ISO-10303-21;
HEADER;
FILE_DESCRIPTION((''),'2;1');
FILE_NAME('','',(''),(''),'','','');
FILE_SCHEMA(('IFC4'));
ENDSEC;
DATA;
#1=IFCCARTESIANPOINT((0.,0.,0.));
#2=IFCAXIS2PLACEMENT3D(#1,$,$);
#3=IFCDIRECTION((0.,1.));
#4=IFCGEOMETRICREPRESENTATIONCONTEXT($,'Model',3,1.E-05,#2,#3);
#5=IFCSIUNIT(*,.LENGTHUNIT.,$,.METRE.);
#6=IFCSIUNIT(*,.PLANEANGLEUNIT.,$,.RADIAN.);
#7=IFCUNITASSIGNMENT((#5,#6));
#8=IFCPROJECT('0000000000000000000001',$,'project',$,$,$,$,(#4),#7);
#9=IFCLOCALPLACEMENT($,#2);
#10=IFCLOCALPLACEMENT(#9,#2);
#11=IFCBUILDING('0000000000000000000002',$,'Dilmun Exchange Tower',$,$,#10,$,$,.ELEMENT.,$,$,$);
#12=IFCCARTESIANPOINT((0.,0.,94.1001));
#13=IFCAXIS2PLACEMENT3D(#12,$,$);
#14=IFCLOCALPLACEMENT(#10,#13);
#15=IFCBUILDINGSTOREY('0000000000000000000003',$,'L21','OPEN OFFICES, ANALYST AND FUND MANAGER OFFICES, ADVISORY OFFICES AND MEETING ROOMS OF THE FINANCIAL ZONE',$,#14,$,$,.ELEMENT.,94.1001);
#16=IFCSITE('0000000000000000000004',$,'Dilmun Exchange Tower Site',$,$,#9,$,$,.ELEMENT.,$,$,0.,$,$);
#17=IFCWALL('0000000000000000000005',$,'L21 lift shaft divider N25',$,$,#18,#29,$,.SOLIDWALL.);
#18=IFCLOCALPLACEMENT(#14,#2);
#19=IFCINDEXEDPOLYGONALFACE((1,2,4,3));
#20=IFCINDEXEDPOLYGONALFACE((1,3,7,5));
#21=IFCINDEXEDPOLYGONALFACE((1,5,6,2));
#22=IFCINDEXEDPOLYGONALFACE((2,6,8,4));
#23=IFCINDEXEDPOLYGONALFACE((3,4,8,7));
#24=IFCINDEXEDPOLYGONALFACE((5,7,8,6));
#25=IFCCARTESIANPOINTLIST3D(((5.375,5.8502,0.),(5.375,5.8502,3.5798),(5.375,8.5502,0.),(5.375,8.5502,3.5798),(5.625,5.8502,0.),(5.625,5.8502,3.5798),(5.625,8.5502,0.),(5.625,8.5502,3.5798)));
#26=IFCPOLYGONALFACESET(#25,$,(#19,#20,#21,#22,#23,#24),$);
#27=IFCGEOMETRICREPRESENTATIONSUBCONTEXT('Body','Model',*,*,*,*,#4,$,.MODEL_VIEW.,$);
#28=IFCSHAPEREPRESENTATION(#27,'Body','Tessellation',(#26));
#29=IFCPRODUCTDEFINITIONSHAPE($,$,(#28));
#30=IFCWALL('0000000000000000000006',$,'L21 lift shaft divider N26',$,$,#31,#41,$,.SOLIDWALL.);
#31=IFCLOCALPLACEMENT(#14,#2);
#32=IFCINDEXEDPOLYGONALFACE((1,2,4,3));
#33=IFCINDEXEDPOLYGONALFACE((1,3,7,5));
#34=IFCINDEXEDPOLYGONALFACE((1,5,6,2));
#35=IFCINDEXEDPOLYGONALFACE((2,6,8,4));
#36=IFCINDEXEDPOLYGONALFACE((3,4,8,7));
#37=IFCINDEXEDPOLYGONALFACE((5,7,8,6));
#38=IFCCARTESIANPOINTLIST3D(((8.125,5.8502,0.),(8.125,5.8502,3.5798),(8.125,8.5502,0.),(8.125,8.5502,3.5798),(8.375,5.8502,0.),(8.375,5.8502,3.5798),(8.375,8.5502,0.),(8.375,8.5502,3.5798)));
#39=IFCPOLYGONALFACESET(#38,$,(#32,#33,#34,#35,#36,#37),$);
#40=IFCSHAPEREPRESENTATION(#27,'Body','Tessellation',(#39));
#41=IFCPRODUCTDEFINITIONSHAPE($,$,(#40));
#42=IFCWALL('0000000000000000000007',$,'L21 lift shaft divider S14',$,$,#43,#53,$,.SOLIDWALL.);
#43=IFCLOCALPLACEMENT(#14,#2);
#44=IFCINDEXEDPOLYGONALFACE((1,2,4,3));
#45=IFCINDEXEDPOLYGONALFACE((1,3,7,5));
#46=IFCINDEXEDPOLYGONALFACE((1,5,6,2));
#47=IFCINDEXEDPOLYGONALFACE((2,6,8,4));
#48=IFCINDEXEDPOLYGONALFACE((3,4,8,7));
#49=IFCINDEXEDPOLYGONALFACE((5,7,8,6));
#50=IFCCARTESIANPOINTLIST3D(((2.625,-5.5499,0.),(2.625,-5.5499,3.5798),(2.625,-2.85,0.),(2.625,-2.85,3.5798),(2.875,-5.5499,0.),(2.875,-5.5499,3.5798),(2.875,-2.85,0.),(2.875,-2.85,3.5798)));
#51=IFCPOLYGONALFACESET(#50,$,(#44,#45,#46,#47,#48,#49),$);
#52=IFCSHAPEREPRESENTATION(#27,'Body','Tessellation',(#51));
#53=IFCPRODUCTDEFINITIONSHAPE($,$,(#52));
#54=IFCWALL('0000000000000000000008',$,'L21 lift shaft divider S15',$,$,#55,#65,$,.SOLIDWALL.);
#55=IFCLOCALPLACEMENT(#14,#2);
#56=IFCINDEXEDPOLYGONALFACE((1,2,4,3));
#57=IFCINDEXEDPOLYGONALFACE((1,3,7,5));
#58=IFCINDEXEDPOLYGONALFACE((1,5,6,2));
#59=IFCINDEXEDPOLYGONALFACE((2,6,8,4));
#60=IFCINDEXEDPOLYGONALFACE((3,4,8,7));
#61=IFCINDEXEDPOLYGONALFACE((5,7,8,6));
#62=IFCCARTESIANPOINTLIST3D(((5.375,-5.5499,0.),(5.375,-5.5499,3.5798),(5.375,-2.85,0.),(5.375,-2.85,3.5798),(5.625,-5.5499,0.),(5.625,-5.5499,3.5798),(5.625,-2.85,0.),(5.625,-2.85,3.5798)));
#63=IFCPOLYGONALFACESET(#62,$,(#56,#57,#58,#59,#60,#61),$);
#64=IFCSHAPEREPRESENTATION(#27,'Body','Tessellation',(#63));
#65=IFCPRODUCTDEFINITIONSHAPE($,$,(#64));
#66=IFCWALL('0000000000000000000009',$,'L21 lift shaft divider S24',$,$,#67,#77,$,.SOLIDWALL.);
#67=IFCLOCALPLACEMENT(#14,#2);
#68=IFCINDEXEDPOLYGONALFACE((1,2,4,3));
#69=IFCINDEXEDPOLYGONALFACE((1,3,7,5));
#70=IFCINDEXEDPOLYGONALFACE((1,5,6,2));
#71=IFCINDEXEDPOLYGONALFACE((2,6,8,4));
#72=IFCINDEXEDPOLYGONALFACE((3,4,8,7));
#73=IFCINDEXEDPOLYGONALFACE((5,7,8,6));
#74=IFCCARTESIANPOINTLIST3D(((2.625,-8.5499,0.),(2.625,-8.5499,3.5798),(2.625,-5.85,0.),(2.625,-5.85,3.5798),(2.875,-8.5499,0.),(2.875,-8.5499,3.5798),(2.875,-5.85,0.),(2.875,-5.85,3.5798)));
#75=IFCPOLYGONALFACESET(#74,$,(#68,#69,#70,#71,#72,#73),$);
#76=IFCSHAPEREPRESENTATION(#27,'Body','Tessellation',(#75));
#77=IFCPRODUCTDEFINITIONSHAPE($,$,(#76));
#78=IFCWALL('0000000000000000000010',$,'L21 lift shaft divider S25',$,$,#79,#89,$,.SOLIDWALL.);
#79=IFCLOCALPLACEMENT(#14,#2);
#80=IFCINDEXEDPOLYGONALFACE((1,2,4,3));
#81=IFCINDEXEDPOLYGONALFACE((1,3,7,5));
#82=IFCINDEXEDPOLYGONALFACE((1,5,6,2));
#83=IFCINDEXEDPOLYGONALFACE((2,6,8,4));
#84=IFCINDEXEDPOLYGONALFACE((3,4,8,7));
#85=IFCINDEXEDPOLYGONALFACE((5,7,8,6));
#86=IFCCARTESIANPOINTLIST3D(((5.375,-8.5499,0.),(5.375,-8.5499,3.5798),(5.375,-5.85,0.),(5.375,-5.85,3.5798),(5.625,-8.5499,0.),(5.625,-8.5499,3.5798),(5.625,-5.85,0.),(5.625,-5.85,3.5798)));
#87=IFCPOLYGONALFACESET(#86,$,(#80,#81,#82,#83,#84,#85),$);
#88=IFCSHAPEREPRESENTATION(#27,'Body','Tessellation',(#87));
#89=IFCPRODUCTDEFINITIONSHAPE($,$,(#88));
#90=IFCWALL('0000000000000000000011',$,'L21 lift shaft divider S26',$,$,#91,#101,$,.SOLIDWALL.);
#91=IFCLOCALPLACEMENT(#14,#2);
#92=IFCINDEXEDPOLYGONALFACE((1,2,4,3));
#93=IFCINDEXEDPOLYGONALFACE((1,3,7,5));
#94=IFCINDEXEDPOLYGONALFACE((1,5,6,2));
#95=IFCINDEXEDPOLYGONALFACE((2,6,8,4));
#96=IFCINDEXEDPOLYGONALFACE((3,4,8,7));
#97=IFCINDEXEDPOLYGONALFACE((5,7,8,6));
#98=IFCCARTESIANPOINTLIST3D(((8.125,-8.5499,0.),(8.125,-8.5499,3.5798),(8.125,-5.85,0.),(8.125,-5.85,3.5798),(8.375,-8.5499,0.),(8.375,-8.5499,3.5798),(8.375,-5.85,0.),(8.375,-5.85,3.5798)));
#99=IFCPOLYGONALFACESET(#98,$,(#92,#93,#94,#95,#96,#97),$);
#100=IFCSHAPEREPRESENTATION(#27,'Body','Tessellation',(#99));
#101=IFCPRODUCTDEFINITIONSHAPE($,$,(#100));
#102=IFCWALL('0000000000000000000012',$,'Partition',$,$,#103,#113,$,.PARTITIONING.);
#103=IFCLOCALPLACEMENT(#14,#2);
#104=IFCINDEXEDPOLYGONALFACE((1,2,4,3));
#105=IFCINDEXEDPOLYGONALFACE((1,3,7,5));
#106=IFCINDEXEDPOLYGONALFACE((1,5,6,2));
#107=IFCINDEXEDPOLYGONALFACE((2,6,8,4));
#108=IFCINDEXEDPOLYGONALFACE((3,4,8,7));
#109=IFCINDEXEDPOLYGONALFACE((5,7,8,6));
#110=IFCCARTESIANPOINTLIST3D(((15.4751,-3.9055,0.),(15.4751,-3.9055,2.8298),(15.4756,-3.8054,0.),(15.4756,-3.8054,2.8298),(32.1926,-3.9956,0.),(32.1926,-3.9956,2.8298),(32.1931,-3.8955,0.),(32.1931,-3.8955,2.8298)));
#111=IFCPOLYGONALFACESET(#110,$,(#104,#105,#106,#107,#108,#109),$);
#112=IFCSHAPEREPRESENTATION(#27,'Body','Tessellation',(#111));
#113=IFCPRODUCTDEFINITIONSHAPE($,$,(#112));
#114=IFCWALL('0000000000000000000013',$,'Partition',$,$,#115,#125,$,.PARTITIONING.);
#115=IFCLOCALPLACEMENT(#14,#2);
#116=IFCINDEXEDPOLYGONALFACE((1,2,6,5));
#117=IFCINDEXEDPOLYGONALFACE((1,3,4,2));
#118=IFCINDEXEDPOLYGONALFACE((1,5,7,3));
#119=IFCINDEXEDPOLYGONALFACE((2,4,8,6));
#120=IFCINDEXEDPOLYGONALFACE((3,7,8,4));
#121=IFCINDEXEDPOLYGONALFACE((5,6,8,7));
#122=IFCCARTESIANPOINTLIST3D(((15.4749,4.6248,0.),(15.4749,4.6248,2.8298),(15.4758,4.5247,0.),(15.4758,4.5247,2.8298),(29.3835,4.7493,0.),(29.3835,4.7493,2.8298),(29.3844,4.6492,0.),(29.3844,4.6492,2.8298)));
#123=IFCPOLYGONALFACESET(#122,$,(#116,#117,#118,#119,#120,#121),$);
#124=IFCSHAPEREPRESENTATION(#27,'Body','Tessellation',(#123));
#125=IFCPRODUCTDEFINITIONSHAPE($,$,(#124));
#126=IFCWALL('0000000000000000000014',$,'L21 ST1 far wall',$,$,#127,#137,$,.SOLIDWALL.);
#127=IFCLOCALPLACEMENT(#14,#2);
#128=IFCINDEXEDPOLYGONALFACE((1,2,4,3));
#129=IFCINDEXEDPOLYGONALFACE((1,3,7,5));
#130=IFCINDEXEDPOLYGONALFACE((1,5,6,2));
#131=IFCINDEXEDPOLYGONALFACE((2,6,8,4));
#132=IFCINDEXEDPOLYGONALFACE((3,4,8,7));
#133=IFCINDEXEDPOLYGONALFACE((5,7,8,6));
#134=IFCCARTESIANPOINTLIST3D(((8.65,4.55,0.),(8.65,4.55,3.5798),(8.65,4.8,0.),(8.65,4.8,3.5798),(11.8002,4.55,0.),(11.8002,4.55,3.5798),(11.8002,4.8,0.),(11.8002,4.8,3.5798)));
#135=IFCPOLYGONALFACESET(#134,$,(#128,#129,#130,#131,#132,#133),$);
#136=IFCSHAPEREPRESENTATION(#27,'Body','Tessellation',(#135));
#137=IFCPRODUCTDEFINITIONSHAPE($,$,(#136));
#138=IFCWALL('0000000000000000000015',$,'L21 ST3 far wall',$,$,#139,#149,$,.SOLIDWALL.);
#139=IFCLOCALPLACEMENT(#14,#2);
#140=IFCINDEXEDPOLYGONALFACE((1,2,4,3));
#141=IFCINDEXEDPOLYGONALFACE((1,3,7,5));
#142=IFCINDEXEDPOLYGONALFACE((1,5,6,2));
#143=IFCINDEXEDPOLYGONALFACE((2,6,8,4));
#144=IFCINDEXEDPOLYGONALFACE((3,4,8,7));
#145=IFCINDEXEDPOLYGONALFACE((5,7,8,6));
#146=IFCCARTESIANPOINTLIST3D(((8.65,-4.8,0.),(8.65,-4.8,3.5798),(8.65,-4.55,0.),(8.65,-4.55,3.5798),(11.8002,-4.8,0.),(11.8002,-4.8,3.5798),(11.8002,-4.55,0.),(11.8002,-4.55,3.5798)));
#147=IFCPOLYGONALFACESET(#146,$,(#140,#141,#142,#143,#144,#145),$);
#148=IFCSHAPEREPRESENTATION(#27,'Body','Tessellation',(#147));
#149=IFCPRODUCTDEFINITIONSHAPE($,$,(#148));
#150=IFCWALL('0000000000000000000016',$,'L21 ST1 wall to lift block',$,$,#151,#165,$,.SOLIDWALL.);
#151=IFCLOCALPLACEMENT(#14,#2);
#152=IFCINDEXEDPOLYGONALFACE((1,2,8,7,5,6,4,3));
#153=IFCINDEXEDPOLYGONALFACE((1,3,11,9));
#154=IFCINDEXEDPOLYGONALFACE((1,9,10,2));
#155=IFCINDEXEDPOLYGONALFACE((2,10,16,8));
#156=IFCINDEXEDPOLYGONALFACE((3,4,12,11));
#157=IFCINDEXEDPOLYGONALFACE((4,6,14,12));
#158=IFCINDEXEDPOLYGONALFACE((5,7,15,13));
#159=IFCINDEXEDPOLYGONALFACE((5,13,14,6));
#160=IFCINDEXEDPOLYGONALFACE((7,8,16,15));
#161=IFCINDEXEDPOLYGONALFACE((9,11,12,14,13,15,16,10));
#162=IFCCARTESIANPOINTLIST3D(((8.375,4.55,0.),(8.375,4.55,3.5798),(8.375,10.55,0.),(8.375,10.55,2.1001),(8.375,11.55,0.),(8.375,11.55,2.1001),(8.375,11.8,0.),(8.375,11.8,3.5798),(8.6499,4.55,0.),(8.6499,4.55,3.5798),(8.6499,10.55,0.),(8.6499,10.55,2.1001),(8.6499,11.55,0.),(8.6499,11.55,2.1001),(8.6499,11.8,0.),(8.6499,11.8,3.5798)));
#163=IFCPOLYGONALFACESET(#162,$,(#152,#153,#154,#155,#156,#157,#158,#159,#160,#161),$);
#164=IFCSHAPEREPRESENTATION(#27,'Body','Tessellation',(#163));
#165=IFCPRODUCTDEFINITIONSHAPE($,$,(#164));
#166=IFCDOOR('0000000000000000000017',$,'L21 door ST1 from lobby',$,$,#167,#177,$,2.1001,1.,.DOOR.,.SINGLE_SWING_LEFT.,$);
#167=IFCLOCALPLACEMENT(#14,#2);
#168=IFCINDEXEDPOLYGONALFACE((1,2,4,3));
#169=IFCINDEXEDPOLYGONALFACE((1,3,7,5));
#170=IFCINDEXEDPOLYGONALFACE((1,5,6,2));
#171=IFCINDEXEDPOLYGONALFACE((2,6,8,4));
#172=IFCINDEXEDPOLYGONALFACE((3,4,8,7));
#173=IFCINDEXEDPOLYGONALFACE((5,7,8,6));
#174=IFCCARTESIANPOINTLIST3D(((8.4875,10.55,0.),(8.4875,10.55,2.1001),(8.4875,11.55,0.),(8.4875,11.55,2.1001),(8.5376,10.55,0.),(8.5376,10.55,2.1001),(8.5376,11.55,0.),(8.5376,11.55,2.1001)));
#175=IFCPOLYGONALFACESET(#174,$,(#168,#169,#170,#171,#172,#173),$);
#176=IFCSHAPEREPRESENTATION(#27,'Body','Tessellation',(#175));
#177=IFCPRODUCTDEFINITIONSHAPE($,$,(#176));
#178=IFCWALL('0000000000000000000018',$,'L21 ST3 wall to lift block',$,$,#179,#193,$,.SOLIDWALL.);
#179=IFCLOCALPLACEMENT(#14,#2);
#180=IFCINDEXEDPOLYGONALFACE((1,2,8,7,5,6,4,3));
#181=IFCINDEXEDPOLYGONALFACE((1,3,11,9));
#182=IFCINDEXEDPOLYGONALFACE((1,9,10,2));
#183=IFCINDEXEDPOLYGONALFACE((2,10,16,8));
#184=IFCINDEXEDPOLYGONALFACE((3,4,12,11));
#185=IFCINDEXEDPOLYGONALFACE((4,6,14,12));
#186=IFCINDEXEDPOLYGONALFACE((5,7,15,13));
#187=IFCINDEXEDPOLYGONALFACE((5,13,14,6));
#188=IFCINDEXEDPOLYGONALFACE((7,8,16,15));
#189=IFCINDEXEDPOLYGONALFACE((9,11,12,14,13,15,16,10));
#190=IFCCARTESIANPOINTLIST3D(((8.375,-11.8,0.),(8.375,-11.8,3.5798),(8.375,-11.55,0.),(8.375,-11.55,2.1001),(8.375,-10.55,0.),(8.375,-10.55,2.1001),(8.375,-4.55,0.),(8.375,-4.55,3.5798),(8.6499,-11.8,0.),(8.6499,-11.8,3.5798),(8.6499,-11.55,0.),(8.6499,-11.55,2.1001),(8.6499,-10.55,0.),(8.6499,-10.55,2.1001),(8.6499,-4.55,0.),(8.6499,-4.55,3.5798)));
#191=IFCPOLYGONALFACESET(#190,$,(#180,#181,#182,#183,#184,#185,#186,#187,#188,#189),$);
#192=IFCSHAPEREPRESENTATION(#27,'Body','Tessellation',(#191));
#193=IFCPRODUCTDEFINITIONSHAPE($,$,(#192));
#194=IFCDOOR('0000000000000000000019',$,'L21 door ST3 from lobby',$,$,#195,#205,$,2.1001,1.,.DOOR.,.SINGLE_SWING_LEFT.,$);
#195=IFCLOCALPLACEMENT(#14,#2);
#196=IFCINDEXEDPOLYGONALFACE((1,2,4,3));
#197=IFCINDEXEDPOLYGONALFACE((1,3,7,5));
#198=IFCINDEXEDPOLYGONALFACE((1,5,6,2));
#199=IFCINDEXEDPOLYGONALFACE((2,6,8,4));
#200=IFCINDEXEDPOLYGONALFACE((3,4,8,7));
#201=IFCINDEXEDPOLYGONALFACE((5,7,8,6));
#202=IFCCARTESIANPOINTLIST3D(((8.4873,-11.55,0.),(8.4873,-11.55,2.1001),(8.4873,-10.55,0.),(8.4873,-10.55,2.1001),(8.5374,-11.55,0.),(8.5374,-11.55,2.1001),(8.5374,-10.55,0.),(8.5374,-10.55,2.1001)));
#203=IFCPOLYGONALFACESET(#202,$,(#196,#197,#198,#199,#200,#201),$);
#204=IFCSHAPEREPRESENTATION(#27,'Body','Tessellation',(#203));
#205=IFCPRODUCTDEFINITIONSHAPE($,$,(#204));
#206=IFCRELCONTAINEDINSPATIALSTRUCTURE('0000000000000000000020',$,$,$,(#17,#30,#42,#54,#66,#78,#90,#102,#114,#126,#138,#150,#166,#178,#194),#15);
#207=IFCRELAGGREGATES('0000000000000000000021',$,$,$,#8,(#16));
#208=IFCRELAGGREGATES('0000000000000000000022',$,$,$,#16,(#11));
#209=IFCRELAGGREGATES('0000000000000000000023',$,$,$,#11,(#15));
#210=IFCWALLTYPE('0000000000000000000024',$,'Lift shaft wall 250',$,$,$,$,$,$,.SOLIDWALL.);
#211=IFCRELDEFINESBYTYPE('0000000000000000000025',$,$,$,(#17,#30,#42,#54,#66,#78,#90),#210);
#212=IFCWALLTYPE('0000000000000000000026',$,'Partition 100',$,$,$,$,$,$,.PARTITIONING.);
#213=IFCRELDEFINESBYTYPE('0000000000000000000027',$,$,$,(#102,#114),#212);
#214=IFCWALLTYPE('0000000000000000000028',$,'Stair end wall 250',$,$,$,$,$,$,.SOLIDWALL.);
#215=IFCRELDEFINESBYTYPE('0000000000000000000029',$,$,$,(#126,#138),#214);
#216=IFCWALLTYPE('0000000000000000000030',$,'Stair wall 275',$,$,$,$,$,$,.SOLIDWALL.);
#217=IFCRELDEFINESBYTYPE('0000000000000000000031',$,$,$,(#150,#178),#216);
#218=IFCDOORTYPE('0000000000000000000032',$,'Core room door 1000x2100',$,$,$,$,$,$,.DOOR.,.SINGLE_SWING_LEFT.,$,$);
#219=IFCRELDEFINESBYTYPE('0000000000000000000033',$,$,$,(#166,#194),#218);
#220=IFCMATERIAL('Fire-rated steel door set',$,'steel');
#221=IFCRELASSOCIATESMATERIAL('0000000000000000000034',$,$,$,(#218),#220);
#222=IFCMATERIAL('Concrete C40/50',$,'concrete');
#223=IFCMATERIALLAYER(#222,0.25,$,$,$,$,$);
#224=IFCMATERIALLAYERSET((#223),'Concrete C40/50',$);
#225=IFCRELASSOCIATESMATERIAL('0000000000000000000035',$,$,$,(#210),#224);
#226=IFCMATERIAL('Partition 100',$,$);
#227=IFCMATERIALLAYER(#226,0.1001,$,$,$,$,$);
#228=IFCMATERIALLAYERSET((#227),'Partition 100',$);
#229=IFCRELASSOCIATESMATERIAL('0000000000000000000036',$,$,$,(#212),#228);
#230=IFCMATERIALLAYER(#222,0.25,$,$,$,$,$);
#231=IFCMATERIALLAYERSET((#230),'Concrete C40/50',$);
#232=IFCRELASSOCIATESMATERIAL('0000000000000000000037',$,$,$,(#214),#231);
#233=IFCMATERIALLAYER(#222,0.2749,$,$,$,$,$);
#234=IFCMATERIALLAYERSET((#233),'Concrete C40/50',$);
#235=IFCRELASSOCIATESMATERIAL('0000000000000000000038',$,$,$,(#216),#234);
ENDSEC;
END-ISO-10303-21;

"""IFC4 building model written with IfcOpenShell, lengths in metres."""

from ifc_helpers import new_model, si_unit, direction, frame, frame_2d, origin, place, context, subcontext, project, spatial, rectangle, extrude, material, layer, layer_set, type_object, element, fill, save


model = new_model("IFC4")

# Units and contexts
model_context = context("Model", 3, precision=1e-05, world=origin(), true_north=direction((0.0, 1.0)))
body_context = subcontext(model_context, "Body", "Model", "MODEL_VIEW")
ifc_project = project(units=[si_unit("LENGTHUNIT", "METRE"), si_unit("PLANEANGLEUNIT", "RADIAN")], contexts=[model_context])

# Site, building, storey
site_placement = place(None, origin())
site = spatial("IfcSite", under=ifc_project, at=site_placement, Name="Dilmun Exchange Tower Site", CompositionType="ELEMENT", RefElevation=0.0)
building_placement = place(site_placement, origin())
building = spatial("IfcBuilding", under=site, at=building_placement, Name="Dilmun Exchange Tower", CompositionType="ELEMENT")
storey_placement = place(building_placement, frame((0.0, 0.0, 94.1001)))
storey = spatial("IfcBuildingStorey", under=building, at=storey_placement, Name="L21", Description="OPEN OFFICES, ANALYST AND FUND MANAGER OFFICES, ADVISORY OFFICES AND MEETING ROOMS OF THE FINANCIAL ZONE", CompositionType="ELEMENT", Elevation=94.1001)

# Shared definitions
ifc_material_1 = material(Name="Concrete C40/50", Category="concrete")

# Shared definitions
ifc_material_2 = material(Name="Fire-rated steel door set", Category="steel")

# Shared definitions
door_type_1 = type_object("IfcDoorType", Name="Core room door 1000x2100", OperationType="SINGLE_SWING_LEFT", PredefinedType="DOOR", material=ifc_material_2)

# Walls
ifc_layer_1 = layer(ifc_material_1, 0.25)
ifc_layer_set_1 = layer_set([ifc_layer_1], Name="Concrete C40/50")
wall_type_1 = type_object("IfcWallType", Name="Lift shaft wall 250", PredefinedType="SOLIDWALL", material=ifc_layer_set_1)
for number, where, z_axis, x_axis, name in (
    (1, (5.5, 5.8501, 0.0), (0.0, 0.0, 1.0), (0.0, 1.0, 0.0), "L21 lift shaft divider N25"),
    (2, (8.25, 5.8501, 0.0), (0.0, 0.0, 1.0), (0.0, 1.0, 0.0), "L21 lift shaft divider N26"),
    (3, (2.75, -5.55, 0.0), (0.0, 0.0, 1.0), (0.0, 1.0, 0.0), "L21 lift shaft divider S14"),
    (4, (5.5, -5.55, 0.0), (0.0, 0.0, 1.0), (0.0, 1.0, 0.0), "L21 lift shaft divider S15"),
    (5, (2.75, -8.55, 0.0), (0.0, 0.0, 1.0), (0.0, 1.0, 0.0), "L21 lift shaft divider S24"),
    (6, (5.5, -8.55, 0.0), (0.0, 0.0, 1.0), (0.0, 1.0, 0.0), "L21 lift shaft divider S25"),
    (7, (8.25, -8.55, 0.0), (0.0, 0.0, 1.0), (0.0, 1.0, 0.0), "L21 lift shaft divider S26"),
):
    element("IfcWall", number, at=place(storey_placement, frame(where, z_axis=z_axis, x_axis=x_axis)), inside=storey, type_object=wall_type_1, Name=name, PredefinedType="SOLIDWALL", context=body_context, shape_type="SweptSolid", body=[
        extrude(rectangle(XDim=2.7, YDim=0.25, at=frame_2d((1.3501, 0.0))), origin(), (0.0, 0.0, 1.0), 3.5798),
    ])
ifc_material_3 = material(Name="Partition 100")
ifc_layer_2 = layer(ifc_material_3, 0.1001)
ifc_layer_set_2 = layer_set([ifc_layer_2], Name="Partition 100")
wall_type_2 = type_object("IfcWallType", Name="Partition 100", PredefinedType="PARTITIONING", material=ifc_layer_set_2)
wall_1_placement = place(storey_placement, frame((15.4753, -3.8555, 0.0), z_axis=(0.0, 0.0, 1.0), x_axis=(0.999985, -0.005389, 0.0)))
element("IfcWall", 8, at=wall_1_placement, inside=storey, type_object=wall_type_2, Name="Partition", PredefinedType="PARTITIONING", context=body_context, shape_type="SweptSolid", body=[
    extrude(rectangle(XDim=16.7178, YDim=0.1001, at=frame_2d((8.3589, 0.0))), origin(), (0.0, 0.0, 1.0), 2.8298),
])
wall_2_placement = place(storey_placement, frame((15.4753, 4.5747, 0.0), z_axis=(0.0, 0.0, 1.0), x_axis=(0.99996, 0.008952, 0.0)))
element("IfcWall", 9, at=wall_2_placement, inside=storey, type_object=wall_type_2, Name="Partition", PredefinedType="PARTITIONING", context=body_context, shape_type="SweptSolid", body=[
    extrude(rectangle(XDim=13.9092, YDim=0.1001, at=frame_2d((6.9546, 0.0))), origin(), (0.0, 0.0, 1.0), 2.8298),
])
ifc_layer_3 = layer(ifc_material_1, 0.25)
ifc_layer_set_3 = layer_set([ifc_layer_3], Name="Concrete C40/50")
wall_type_3 = type_object("IfcWallType", Name="Stair end wall 250", PredefinedType="SOLIDWALL", material=ifc_layer_set_3)
for number, where, z_axis, x_axis, name in (
    (10, (8.6499, 4.675, 0.0), (0.0, 0.0, 1.0), (1.0, 0.0, 0.0), "L21 ST1 far wall"),
    (11, (8.6499, -4.675, 0.0), (0.0, 0.0, 1.0), (1.0, 0.0, 0.0), "L21 ST3 far wall"),
):
    element("IfcWall", number, at=place(storey_placement, frame(where, z_axis=z_axis, x_axis=x_axis)), inside=storey, type_object=wall_type_3, Name=name, PredefinedType="SOLIDWALL", context=body_context, shape_type="SweptSolid", body=[
        extrude(rectangle(XDim=3.1501, YDim=0.25, at=frame_2d((1.5752, 0.0))), origin(), (0.0, 0.0, 1.0), 3.5798),
    ])

# Walls, openings, doors
ifc_layer_4 = layer(ifc_material_1, 0.2749)
ifc_layer_set_4 = layer_set([ifc_layer_4], Name="Concrete C40/50")
wall_type_4 = type_object("IfcWallType", Name="Stair wall 275", PredefinedType="SOLIDWALL", material=ifc_layer_set_4)
wall_3_placement = place(storey_placement, frame((8.5125, 4.55, 0.0), z_axis=(0.0, 0.0, 1.0), x_axis=(0.0, 1.0, 0.0)))
wall_3 = element("IfcWall", 12, at=wall_3_placement, inside=storey, type_object=wall_type_4, Name="L21 ST1 wall to lift block", PredefinedType="SOLIDWALL", context=body_context, shape_type="SweptSolid", body=[
    extrude(rectangle(XDim=7.25, YDim=0.2749, at=frame_2d((3.625, 0.0))), origin(), (0.0, 0.0, 1.0), 3.5798),
])
opening_1_placement = place(wall_3_placement, frame((6.0, 0.0, 0.0)))
opening_1 = element("IfcOpeningElement", 13, at=opening_1_placement, cuts=wall_3, PredefinedType="OPENING", context=body_context, shape_type="SweptSolid", body=[
    extrude(rectangle(XDim=1.0, YDim=2.1001, at=frame_2d((0.5, 1.05))), frame((0.0, 0.1475, 0.0), z_axis=(0.0, -1.0, 0.0), x_axis=(1.0, 0.0, 0.0)), (0.0, 0.0, 1.0), 0.2949),
])
door_1_placement = place(opening_1_placement, origin())
door_1 = element("IfcDoor", 14, at=door_1_placement, inside=storey, type_object=door_type_1, Name="L21 door ST1 from lobby", OperationType="SINGLE_SWING_LEFT", OverallHeight=2.1001, OverallWidth=1.0, PredefinedType="DOOR", context=body_context, shape_type="SweptSolid", body=[
    extrude(rectangle(XDim=1.0, YDim=2.1001, at=frame_2d((0.5, 1.05))), frame((0.0, 0.0249, 0.0), z_axis=(0.0, -1.0, 0.0), x_axis=(1.0, 0.0, 0.0)), (0.0, 0.0, 1.0), 0.05),
])
fill(opening_1, door_1)
wall_4_placement = place(storey_placement, frame((8.5125, -4.55, 0.0), z_axis=(0.0, 0.0, 1.0), x_axis=(0.0, -1.0, 0.0)))
wall_4 = element("IfcWall", 15, at=wall_4_placement, inside=storey, type_object=wall_type_4, Name="L21 ST3 wall to lift block", PredefinedType="SOLIDWALL", context=body_context, shape_type="SweptSolid", body=[
    extrude(rectangle(XDim=7.25, YDim=0.2749, at=frame_2d((3.625, 0.0))), origin(), (0.0, 0.0, 1.0), 3.5798),
])
opening_2_placement = place(wall_4_placement, frame((6.0, 0.0, 0.0)))
opening_2 = element("IfcOpeningElement", 16, at=opening_2_placement, cuts=wall_4, PredefinedType="OPENING", context=body_context, shape_type="SweptSolid", body=[
    extrude(rectangle(XDim=1.0, YDim=2.1001, at=frame_2d((0.5, 1.05))), frame((0.0, 0.1475, 0.0), z_axis=(0.0, -1.0, 0.0), x_axis=(1.0, 0.0, 0.0)), (0.0, 0.0, 1.0), 0.2949),
])
door_2_placement = place(opening_2_placement, origin())
door_2 = element("IfcDoor", 17, at=door_2_placement, inside=storey, type_object=door_type_1, Name="L21 door ST3 from lobby", OperationType="SINGLE_SWING_LEFT", OverallHeight=2.1001, OverallWidth=1.0, PredefinedType="DOOR", context=body_context, shape_type="SweptSolid", body=[
    extrude(rectangle(XDim=1.0, YDim=2.1001, at=frame_2d((0.5, 1.05))), frame((0.0, 0.0249, 0.0), z_axis=(0.0, -1.0, 0.0), x_axis=(1.0, 0.0, 0.0)), (0.0, 0.0, 1.0), 0.05),
])
fill(opening_2, door_2)

save(model, "model.ifc")
